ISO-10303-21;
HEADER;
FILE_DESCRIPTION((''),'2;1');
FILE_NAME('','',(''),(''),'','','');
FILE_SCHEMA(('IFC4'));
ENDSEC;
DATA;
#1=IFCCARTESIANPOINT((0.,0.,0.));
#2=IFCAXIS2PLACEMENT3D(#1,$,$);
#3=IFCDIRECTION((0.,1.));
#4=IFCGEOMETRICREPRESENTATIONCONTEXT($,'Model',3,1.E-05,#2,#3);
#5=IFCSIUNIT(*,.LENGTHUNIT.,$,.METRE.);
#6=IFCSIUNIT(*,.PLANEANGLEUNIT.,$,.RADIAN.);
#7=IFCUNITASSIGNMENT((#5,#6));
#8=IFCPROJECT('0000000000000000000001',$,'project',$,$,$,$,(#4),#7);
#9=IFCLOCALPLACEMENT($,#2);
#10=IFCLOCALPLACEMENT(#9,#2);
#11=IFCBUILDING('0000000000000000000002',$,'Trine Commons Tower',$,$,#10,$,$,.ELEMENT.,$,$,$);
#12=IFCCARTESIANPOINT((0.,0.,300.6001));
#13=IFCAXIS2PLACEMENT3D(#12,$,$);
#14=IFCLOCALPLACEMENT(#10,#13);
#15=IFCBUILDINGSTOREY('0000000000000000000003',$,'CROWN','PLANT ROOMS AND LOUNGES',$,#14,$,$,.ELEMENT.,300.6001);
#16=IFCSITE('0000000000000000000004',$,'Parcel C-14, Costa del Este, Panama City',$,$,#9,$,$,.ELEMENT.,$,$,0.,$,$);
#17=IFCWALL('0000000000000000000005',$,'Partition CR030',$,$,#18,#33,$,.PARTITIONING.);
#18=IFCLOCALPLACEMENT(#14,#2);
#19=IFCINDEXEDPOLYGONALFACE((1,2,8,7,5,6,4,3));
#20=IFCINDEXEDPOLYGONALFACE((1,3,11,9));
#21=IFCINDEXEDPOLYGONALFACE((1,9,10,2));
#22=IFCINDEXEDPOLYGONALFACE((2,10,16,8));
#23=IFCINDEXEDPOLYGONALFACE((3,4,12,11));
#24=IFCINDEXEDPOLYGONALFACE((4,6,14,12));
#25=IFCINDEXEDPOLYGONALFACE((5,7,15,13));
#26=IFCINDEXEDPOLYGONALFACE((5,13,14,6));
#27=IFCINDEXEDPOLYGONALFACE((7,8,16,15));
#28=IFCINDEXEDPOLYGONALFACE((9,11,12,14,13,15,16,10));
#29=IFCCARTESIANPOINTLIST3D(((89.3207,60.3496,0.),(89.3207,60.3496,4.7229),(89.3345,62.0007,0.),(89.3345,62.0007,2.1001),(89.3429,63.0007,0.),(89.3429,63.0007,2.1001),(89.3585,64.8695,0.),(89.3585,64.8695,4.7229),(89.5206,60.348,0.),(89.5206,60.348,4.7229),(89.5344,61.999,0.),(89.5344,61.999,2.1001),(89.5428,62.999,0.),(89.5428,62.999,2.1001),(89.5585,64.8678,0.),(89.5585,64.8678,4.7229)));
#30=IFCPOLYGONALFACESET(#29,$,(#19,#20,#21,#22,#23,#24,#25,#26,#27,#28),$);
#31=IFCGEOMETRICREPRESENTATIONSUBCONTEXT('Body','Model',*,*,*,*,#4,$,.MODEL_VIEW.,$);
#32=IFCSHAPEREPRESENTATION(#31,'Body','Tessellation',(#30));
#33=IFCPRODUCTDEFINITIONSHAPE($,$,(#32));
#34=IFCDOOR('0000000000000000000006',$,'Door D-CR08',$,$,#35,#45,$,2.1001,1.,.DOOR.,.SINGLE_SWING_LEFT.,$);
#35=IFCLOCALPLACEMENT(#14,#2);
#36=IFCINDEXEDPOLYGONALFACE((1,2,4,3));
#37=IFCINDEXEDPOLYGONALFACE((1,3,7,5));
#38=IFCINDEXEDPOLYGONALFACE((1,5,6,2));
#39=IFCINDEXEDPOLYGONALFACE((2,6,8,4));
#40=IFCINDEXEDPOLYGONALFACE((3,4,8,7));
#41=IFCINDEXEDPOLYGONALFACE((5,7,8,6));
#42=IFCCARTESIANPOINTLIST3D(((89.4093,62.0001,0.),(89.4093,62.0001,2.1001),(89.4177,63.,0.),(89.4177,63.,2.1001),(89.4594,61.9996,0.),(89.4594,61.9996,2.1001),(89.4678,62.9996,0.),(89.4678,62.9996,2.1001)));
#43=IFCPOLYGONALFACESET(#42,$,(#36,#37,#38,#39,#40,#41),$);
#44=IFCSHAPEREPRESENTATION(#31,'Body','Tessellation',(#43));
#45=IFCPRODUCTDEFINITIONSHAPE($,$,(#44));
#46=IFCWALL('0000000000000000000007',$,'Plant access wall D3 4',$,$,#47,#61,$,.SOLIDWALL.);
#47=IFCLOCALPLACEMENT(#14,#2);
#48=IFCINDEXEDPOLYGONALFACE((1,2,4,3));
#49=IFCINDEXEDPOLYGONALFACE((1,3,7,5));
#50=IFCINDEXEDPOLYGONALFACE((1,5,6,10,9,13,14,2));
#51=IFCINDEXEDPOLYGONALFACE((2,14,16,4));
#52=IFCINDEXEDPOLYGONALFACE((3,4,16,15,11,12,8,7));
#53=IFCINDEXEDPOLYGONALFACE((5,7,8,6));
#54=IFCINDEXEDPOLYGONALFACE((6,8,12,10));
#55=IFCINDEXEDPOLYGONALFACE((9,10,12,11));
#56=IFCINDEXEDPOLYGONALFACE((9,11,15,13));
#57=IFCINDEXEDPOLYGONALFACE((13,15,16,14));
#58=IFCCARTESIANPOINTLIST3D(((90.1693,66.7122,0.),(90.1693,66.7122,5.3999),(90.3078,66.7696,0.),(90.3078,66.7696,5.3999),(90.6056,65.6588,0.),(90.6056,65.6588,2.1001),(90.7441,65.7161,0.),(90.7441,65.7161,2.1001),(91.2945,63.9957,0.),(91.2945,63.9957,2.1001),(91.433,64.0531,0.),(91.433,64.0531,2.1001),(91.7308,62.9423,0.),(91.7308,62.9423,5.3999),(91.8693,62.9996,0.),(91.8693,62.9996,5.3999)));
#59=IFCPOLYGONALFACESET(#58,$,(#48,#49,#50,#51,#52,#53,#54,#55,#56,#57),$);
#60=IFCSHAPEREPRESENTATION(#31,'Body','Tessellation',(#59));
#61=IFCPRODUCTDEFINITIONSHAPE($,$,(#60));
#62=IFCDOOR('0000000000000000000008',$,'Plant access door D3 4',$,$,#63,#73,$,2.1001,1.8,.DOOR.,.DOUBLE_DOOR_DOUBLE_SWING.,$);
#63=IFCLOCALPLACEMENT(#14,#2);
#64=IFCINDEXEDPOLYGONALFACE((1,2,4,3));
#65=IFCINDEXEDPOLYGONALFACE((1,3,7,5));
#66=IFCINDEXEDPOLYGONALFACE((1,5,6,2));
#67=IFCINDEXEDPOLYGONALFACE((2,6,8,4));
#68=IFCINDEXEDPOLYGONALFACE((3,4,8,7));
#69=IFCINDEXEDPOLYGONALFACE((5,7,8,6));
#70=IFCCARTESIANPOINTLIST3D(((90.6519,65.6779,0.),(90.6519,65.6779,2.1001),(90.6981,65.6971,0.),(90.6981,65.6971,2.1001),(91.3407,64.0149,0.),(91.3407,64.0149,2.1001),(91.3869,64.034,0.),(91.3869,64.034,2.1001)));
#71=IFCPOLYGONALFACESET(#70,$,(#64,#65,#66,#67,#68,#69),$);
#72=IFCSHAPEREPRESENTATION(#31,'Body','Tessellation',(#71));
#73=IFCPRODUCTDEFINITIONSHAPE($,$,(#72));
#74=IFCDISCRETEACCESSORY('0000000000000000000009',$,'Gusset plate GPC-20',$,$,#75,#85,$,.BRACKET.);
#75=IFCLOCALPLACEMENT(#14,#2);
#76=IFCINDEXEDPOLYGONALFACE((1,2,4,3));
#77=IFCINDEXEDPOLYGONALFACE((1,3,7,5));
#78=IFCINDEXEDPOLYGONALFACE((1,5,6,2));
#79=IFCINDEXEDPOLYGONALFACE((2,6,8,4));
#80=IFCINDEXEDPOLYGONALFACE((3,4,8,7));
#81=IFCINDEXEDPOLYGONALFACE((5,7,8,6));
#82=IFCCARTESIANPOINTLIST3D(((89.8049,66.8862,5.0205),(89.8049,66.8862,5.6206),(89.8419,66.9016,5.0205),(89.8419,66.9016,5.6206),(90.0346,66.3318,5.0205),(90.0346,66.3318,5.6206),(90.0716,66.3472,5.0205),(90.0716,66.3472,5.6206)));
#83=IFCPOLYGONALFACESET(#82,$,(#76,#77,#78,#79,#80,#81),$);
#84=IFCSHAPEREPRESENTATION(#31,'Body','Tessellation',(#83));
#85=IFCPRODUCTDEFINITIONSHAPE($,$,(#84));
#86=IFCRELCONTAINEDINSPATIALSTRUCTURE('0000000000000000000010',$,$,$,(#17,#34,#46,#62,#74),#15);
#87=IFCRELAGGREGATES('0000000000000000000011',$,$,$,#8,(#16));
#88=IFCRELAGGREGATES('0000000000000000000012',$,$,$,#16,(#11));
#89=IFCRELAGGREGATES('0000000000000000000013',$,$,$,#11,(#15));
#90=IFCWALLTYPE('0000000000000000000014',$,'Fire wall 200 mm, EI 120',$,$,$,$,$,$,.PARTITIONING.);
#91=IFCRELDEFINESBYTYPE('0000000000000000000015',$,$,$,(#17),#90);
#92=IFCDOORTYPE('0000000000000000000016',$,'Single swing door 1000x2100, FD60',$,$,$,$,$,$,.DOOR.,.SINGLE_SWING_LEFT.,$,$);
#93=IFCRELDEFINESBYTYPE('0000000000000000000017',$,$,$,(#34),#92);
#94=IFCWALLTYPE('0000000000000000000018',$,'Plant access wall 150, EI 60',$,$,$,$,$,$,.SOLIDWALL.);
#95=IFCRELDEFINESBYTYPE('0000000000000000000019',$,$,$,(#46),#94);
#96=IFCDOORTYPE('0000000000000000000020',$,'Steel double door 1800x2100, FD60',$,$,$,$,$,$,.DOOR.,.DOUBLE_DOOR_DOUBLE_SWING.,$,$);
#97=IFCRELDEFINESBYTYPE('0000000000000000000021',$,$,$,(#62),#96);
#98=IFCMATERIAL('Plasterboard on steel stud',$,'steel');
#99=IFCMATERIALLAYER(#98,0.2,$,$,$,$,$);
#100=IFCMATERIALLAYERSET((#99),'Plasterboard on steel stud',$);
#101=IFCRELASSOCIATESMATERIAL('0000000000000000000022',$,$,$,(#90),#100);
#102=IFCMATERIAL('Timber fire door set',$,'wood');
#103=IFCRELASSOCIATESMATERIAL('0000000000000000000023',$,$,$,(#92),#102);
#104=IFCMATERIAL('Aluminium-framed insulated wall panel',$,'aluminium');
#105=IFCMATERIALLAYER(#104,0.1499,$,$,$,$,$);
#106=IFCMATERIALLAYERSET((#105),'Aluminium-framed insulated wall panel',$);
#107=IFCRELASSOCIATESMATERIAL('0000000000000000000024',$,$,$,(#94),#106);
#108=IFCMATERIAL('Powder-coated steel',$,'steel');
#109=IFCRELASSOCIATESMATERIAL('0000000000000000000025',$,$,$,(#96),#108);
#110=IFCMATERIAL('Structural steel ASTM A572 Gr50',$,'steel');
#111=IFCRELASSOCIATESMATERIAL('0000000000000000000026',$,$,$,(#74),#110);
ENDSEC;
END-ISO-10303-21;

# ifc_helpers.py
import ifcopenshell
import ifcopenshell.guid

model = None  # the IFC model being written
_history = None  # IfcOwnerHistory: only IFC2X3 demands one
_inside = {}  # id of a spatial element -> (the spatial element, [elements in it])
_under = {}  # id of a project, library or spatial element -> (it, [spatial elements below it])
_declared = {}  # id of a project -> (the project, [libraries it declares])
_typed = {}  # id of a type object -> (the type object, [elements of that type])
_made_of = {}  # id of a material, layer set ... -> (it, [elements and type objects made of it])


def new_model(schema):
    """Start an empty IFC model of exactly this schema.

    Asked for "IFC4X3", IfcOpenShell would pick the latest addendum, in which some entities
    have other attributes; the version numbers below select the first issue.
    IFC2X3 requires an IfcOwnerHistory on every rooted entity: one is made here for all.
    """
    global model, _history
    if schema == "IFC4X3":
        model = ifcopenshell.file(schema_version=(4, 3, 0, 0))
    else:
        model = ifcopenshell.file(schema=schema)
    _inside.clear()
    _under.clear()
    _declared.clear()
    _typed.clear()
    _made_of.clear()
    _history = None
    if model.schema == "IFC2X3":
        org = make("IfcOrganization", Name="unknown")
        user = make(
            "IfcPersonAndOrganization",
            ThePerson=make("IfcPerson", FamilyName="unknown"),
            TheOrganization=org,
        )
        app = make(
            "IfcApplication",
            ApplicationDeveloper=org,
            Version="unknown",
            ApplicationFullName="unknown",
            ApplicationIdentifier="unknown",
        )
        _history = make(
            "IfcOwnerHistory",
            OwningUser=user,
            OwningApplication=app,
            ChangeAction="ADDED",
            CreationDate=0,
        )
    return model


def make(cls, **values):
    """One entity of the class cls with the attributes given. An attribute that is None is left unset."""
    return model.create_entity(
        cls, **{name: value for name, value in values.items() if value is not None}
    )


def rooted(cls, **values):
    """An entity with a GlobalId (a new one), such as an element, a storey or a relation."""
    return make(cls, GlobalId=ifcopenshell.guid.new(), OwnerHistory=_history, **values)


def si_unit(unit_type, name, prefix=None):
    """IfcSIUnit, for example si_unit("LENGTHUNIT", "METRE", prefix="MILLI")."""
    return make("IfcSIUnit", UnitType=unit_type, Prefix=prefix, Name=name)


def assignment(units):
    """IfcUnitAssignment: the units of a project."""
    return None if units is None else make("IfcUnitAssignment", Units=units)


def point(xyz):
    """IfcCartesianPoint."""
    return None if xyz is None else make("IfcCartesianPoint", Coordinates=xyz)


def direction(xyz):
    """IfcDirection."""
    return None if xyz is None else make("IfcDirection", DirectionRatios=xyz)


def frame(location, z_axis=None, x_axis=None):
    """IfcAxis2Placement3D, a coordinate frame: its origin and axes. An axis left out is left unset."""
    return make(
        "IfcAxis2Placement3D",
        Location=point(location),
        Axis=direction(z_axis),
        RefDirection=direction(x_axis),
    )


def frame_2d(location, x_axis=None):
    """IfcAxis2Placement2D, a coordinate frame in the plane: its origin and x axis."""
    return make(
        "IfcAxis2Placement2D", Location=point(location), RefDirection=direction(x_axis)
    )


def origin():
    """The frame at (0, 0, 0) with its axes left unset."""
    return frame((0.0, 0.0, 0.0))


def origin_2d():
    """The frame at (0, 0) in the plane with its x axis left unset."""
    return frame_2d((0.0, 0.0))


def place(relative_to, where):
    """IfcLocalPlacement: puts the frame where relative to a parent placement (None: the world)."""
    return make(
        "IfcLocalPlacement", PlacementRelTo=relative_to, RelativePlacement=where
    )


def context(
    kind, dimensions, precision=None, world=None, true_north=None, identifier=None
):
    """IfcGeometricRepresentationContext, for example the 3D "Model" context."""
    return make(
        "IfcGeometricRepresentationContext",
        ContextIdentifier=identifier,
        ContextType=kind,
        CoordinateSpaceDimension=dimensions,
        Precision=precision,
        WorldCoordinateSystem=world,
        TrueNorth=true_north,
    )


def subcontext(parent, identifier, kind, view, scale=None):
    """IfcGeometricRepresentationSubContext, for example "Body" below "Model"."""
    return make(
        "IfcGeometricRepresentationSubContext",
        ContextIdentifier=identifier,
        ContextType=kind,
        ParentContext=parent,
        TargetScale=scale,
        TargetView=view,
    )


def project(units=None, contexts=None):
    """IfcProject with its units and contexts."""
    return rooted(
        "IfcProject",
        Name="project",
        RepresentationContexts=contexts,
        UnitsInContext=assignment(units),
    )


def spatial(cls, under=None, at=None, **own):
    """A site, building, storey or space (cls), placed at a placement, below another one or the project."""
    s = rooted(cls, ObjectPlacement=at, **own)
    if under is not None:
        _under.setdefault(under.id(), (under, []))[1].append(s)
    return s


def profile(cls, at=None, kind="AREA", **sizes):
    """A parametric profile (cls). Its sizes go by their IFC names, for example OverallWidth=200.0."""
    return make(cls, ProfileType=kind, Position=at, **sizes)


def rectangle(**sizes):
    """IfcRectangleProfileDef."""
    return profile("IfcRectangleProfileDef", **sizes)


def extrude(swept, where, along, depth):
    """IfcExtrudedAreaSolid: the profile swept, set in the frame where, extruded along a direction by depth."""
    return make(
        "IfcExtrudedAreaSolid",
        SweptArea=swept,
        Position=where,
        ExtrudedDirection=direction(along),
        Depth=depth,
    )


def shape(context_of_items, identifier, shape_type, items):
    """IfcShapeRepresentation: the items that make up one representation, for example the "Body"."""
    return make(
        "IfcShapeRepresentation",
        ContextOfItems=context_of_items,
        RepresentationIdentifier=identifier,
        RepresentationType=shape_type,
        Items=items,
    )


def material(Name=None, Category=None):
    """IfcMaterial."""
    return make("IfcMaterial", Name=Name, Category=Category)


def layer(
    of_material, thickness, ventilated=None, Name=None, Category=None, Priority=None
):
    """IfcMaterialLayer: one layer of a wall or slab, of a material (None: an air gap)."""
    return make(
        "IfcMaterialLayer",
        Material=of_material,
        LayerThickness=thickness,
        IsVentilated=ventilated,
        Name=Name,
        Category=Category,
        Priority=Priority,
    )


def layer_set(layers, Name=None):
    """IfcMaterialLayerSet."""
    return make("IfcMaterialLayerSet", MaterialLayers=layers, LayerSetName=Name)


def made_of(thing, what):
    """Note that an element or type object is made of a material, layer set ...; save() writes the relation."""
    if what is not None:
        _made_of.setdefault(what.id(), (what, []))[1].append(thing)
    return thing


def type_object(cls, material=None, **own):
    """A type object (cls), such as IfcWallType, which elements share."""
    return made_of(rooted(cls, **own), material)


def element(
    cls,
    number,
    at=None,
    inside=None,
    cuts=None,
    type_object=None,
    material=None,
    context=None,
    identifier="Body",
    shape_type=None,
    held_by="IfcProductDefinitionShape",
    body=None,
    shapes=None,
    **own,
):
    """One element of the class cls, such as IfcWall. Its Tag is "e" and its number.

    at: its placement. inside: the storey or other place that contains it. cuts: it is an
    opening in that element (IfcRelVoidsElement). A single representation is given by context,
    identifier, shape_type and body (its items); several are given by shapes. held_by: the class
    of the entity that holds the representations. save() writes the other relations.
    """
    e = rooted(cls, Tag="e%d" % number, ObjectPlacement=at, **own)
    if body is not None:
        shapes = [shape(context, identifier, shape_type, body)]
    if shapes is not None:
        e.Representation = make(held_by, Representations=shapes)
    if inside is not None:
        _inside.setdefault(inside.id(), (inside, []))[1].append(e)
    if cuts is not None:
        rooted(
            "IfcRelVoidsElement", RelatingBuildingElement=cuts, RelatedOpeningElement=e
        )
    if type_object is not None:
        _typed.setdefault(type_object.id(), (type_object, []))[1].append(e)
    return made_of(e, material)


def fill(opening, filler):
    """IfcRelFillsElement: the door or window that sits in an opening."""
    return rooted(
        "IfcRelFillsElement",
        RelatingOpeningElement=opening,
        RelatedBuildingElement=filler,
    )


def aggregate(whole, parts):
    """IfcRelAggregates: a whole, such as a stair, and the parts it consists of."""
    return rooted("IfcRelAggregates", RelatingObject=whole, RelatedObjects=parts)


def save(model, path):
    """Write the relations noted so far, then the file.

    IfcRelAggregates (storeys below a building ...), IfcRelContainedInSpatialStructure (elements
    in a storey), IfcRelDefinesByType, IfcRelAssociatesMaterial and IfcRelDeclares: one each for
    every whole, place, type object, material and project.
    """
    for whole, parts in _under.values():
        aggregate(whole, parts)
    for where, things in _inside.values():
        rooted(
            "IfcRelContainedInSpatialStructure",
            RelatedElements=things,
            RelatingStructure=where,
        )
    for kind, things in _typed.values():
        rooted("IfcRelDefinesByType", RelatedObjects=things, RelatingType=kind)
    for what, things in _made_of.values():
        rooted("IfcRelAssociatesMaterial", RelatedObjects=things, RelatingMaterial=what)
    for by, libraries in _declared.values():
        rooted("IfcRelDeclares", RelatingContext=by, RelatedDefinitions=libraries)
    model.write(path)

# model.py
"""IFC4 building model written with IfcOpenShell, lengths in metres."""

from ifc_helpers import new_model, si_unit, direction, frame, frame_2d, origin, origin_2d, place, context, subcontext, project, spatial, rectangle, extrude, material, layer, layer_set, type_object, element, fill, save


model = new_model("IFC4")

# Units and contexts
model_context = context("Model", 3, precision=1e-05, world=origin(), true_north=direction((0.0, 1.0)))
body_context = subcontext(model_context, "Body", "Model", "MODEL_VIEW")
ifc_project = project(units=[si_unit("LENGTHUNIT", "METRE"), si_unit("PLANEANGLEUNIT", "RADIAN")], contexts=[model_context])

# Site, building, storey
site_placement = place(None, origin())
site = spatial("IfcSite", under=ifc_project, at=site_placement, Name="Parcel C-14, Costa del Este, Panama City", CompositionType="ELEMENT", RefElevation=0.0)
building_placement = place(site_placement, origin())
building = spatial("IfcBuilding", under=site, at=building_placement, Name="Trine Commons Tower", CompositionType="ELEMENT")
storey_placement = place(building_placement, frame((0.0, 0.0, 300.6001)))
storey = spatial("IfcBuildingStorey", under=building, at=storey_placement, Name="CROWN", Description="PLANT ROOMS AND LOUNGES", CompositionType="ELEMENT", Elevation=300.6001)

# Shared definitions
ifc_material_1 = material(Name="Plasterboard on steel stud", Category="steel")
ifc_layer_1 = layer(ifc_material_1, 0.2)
ifc_layer_set_1 = layer_set([ifc_layer_1], Name="Plasterboard on steel stud")
wall_type_1 = type_object("IfcWallType", Name="Fire wall 200 mm, EI 120", PredefinedType="PARTITIONING", material=ifc_layer_set_1)

# Walls, openings, doors
wall_1_placement = place(storey_placement, frame((89.4585, 64.8687, 0.0), z_axis=(0.0, 0.0, 1.0), x_axis=(-0.008372, -0.999965, 0.0)))
wall_1 = element("IfcWall", 1, at=wall_1_placement, inside=storey, type_object=wall_type_1, Name="Partition CR030", PredefinedType="PARTITIONING", context=body_context, shape_type="SweptSolid", body=[
    extrude(rectangle(XDim=4.52, YDim=0.2, at=frame_2d((2.26, 0.0))), origin(), (0.0, 0.0, 1.0), 4.7229),
])
opening_1_placement = place(wall_1_placement, frame((1.8689, 0.0, 0.0)))
opening_1 = element("IfcOpeningElement", 2, at=opening_1_placement, cuts=wall_1, PredefinedType="OPENING", context=body_context, shape_type="SweptSolid", body=[
    extrude(rectangle(XDim=1.0, YDim=2.1001, at=frame_2d((0.5, 1.05))), frame((0.0, 0.1099, 0.0), z_axis=(0.0, -1.0, 0.0), x_axis=(1.0, 0.0, 0.0)), (0.0, 0.0, 1.0), 0.22),
])
ifc_material_2 = material(Name="Timber fire door set", Category="wood")
door_type_1 = type_object("IfcDoorType", Name="Single swing door 1000x2100, FD60", OperationType="SINGLE_SWING_LEFT", PredefinedType="DOOR", material=ifc_material_2)
door_1_placement = place(opening_1_placement, origin())
door_1 = element("IfcDoor", 3, at=door_1_placement, inside=storey, type_object=door_type_1, Name="Door D-CR08", OperationType="SINGLE_SWING_LEFT", OverallHeight=2.1001, OverallWidth=1.0, PredefinedType="DOOR", context=body_context, shape_type="SweptSolid", body=[
    extrude(rectangle(XDim=1.0, YDim=2.1001, at=frame_2d((0.5, 1.05))), frame((0.0, 0.0249, 0.0), z_axis=(0.0, -1.0, 0.0), x_axis=(1.0, 0.0, 0.0)), (0.0, 0.0, 1.0), 0.05),
])
fill(opening_1, door_1)
ifc_material_3 = material(Name="Aluminium-framed insulated wall panel", Category="aluminium")
ifc_layer_2 = layer(ifc_material_3, 0.1499)
ifc_layer_set_2 = layer_set([ifc_layer_2], Name="Aluminium-framed insulated wall panel")
wall_type_2 = type_object("IfcWallType", Name="Plant access wall 150, EI 60", PredefinedType="SOLIDWALL", material=ifc_layer_set_2)
wall_2_placement = place(storey_placement, frame((91.8, 62.9709, 0.0), z_axis=(0.0, 0.0, 1.0), x_axis=(-0.382669, 0.923886, 0.0)))
wall_2 = element("IfcWall", 4, at=wall_2_placement, inside=storey, type_object=wall_type_2, Name="Plant access wall D3 4", PredefinedType="SOLIDWALL", context=body_context, shape_type="SweptSolid", body=[
    extrude(rectangle(XDim=4.0806, YDim=0.1499, at=frame_2d((2.0403, 0.0))), origin(), (0.0, 0.0, 1.0), 5.3999),
])
opening_2_placement = place(wall_2_placement, frame((1.1404, 0.0, 0.0)))
opening_2 = element("IfcOpeningElement", 5, at=opening_2_placement, cuts=wall_2, PredefinedType="OPENING", context=body_context, shape_type="SweptSolid", body=[
    extrude(rectangle(XDim=1.8, YDim=2.1001, at=frame_2d((0.8999, 1.05))), frame((0.0, 0.085, 0.0), z_axis=(0.0, -1.0, 0.0), x_axis=(1.0, 0.0, 0.0)), (0.0, 0.0, 1.0), 0.1699),
])
ifc_material_4 = material(Name="Powder-coated steel", Category="steel")
door_type_2 = type_object("IfcDoorType", Name="Steel double door 1800x2100, FD60", OperationType="DOUBLE_DOOR_DOUBLE_SWING", PredefinedType="DOOR", material=ifc_material_4)
door_2_placement = place(opening_2_placement, origin())
door_2 = element("IfcDoor", 6, at=door_2_placement, inside=storey, type_object=door_type_2, Name="Plant access door D3 4", OperationType="DOUBLE_DOOR_DOUBLE_SWING", OverallHeight=2.1001, OverallWidth=1.8, PredefinedType="DOOR", context=body_context, shape_type="SweptSolid", body=[
    extrude(rectangle(XDim=1.8, YDim=2.1001, at=frame_2d((0.8999, 1.05))), frame((0.0, 0.0249, 0.0), z_axis=(0.0, -1.0, 0.0), x_axis=(1.0, 0.0, 0.0)), (0.0, 0.0, 1.0), 0.05),
])
fill(opening_2, door_2)

# Discrete accessory
ifc_material_5 = material(Name="Structural steel ASTM A572 Gr50", Category="steel")
discrete_accessory_placement = place(storey_placement, frame((89.9382, 66.6167, 5.0205), z_axis=(0.0, 0.0, 1.0), x_axis=(0.38268, -0.923881, 0.0)))
element("IfcDiscreteAccessory", 7, at=discrete_accessory_placement, inside=storey, material=ifc_material_5, Name="Gusset plate GPC-20", PredefinedType="BRACKET", context=body_context, shape_type="SweptSolid", body=[
    extrude(rectangle(XDim=0.6001, YDim=0.04, at=origin_2d()), origin(), (0.0, 0.0, 1.0), 0.6001),
])

save(model, "model.ifc")
